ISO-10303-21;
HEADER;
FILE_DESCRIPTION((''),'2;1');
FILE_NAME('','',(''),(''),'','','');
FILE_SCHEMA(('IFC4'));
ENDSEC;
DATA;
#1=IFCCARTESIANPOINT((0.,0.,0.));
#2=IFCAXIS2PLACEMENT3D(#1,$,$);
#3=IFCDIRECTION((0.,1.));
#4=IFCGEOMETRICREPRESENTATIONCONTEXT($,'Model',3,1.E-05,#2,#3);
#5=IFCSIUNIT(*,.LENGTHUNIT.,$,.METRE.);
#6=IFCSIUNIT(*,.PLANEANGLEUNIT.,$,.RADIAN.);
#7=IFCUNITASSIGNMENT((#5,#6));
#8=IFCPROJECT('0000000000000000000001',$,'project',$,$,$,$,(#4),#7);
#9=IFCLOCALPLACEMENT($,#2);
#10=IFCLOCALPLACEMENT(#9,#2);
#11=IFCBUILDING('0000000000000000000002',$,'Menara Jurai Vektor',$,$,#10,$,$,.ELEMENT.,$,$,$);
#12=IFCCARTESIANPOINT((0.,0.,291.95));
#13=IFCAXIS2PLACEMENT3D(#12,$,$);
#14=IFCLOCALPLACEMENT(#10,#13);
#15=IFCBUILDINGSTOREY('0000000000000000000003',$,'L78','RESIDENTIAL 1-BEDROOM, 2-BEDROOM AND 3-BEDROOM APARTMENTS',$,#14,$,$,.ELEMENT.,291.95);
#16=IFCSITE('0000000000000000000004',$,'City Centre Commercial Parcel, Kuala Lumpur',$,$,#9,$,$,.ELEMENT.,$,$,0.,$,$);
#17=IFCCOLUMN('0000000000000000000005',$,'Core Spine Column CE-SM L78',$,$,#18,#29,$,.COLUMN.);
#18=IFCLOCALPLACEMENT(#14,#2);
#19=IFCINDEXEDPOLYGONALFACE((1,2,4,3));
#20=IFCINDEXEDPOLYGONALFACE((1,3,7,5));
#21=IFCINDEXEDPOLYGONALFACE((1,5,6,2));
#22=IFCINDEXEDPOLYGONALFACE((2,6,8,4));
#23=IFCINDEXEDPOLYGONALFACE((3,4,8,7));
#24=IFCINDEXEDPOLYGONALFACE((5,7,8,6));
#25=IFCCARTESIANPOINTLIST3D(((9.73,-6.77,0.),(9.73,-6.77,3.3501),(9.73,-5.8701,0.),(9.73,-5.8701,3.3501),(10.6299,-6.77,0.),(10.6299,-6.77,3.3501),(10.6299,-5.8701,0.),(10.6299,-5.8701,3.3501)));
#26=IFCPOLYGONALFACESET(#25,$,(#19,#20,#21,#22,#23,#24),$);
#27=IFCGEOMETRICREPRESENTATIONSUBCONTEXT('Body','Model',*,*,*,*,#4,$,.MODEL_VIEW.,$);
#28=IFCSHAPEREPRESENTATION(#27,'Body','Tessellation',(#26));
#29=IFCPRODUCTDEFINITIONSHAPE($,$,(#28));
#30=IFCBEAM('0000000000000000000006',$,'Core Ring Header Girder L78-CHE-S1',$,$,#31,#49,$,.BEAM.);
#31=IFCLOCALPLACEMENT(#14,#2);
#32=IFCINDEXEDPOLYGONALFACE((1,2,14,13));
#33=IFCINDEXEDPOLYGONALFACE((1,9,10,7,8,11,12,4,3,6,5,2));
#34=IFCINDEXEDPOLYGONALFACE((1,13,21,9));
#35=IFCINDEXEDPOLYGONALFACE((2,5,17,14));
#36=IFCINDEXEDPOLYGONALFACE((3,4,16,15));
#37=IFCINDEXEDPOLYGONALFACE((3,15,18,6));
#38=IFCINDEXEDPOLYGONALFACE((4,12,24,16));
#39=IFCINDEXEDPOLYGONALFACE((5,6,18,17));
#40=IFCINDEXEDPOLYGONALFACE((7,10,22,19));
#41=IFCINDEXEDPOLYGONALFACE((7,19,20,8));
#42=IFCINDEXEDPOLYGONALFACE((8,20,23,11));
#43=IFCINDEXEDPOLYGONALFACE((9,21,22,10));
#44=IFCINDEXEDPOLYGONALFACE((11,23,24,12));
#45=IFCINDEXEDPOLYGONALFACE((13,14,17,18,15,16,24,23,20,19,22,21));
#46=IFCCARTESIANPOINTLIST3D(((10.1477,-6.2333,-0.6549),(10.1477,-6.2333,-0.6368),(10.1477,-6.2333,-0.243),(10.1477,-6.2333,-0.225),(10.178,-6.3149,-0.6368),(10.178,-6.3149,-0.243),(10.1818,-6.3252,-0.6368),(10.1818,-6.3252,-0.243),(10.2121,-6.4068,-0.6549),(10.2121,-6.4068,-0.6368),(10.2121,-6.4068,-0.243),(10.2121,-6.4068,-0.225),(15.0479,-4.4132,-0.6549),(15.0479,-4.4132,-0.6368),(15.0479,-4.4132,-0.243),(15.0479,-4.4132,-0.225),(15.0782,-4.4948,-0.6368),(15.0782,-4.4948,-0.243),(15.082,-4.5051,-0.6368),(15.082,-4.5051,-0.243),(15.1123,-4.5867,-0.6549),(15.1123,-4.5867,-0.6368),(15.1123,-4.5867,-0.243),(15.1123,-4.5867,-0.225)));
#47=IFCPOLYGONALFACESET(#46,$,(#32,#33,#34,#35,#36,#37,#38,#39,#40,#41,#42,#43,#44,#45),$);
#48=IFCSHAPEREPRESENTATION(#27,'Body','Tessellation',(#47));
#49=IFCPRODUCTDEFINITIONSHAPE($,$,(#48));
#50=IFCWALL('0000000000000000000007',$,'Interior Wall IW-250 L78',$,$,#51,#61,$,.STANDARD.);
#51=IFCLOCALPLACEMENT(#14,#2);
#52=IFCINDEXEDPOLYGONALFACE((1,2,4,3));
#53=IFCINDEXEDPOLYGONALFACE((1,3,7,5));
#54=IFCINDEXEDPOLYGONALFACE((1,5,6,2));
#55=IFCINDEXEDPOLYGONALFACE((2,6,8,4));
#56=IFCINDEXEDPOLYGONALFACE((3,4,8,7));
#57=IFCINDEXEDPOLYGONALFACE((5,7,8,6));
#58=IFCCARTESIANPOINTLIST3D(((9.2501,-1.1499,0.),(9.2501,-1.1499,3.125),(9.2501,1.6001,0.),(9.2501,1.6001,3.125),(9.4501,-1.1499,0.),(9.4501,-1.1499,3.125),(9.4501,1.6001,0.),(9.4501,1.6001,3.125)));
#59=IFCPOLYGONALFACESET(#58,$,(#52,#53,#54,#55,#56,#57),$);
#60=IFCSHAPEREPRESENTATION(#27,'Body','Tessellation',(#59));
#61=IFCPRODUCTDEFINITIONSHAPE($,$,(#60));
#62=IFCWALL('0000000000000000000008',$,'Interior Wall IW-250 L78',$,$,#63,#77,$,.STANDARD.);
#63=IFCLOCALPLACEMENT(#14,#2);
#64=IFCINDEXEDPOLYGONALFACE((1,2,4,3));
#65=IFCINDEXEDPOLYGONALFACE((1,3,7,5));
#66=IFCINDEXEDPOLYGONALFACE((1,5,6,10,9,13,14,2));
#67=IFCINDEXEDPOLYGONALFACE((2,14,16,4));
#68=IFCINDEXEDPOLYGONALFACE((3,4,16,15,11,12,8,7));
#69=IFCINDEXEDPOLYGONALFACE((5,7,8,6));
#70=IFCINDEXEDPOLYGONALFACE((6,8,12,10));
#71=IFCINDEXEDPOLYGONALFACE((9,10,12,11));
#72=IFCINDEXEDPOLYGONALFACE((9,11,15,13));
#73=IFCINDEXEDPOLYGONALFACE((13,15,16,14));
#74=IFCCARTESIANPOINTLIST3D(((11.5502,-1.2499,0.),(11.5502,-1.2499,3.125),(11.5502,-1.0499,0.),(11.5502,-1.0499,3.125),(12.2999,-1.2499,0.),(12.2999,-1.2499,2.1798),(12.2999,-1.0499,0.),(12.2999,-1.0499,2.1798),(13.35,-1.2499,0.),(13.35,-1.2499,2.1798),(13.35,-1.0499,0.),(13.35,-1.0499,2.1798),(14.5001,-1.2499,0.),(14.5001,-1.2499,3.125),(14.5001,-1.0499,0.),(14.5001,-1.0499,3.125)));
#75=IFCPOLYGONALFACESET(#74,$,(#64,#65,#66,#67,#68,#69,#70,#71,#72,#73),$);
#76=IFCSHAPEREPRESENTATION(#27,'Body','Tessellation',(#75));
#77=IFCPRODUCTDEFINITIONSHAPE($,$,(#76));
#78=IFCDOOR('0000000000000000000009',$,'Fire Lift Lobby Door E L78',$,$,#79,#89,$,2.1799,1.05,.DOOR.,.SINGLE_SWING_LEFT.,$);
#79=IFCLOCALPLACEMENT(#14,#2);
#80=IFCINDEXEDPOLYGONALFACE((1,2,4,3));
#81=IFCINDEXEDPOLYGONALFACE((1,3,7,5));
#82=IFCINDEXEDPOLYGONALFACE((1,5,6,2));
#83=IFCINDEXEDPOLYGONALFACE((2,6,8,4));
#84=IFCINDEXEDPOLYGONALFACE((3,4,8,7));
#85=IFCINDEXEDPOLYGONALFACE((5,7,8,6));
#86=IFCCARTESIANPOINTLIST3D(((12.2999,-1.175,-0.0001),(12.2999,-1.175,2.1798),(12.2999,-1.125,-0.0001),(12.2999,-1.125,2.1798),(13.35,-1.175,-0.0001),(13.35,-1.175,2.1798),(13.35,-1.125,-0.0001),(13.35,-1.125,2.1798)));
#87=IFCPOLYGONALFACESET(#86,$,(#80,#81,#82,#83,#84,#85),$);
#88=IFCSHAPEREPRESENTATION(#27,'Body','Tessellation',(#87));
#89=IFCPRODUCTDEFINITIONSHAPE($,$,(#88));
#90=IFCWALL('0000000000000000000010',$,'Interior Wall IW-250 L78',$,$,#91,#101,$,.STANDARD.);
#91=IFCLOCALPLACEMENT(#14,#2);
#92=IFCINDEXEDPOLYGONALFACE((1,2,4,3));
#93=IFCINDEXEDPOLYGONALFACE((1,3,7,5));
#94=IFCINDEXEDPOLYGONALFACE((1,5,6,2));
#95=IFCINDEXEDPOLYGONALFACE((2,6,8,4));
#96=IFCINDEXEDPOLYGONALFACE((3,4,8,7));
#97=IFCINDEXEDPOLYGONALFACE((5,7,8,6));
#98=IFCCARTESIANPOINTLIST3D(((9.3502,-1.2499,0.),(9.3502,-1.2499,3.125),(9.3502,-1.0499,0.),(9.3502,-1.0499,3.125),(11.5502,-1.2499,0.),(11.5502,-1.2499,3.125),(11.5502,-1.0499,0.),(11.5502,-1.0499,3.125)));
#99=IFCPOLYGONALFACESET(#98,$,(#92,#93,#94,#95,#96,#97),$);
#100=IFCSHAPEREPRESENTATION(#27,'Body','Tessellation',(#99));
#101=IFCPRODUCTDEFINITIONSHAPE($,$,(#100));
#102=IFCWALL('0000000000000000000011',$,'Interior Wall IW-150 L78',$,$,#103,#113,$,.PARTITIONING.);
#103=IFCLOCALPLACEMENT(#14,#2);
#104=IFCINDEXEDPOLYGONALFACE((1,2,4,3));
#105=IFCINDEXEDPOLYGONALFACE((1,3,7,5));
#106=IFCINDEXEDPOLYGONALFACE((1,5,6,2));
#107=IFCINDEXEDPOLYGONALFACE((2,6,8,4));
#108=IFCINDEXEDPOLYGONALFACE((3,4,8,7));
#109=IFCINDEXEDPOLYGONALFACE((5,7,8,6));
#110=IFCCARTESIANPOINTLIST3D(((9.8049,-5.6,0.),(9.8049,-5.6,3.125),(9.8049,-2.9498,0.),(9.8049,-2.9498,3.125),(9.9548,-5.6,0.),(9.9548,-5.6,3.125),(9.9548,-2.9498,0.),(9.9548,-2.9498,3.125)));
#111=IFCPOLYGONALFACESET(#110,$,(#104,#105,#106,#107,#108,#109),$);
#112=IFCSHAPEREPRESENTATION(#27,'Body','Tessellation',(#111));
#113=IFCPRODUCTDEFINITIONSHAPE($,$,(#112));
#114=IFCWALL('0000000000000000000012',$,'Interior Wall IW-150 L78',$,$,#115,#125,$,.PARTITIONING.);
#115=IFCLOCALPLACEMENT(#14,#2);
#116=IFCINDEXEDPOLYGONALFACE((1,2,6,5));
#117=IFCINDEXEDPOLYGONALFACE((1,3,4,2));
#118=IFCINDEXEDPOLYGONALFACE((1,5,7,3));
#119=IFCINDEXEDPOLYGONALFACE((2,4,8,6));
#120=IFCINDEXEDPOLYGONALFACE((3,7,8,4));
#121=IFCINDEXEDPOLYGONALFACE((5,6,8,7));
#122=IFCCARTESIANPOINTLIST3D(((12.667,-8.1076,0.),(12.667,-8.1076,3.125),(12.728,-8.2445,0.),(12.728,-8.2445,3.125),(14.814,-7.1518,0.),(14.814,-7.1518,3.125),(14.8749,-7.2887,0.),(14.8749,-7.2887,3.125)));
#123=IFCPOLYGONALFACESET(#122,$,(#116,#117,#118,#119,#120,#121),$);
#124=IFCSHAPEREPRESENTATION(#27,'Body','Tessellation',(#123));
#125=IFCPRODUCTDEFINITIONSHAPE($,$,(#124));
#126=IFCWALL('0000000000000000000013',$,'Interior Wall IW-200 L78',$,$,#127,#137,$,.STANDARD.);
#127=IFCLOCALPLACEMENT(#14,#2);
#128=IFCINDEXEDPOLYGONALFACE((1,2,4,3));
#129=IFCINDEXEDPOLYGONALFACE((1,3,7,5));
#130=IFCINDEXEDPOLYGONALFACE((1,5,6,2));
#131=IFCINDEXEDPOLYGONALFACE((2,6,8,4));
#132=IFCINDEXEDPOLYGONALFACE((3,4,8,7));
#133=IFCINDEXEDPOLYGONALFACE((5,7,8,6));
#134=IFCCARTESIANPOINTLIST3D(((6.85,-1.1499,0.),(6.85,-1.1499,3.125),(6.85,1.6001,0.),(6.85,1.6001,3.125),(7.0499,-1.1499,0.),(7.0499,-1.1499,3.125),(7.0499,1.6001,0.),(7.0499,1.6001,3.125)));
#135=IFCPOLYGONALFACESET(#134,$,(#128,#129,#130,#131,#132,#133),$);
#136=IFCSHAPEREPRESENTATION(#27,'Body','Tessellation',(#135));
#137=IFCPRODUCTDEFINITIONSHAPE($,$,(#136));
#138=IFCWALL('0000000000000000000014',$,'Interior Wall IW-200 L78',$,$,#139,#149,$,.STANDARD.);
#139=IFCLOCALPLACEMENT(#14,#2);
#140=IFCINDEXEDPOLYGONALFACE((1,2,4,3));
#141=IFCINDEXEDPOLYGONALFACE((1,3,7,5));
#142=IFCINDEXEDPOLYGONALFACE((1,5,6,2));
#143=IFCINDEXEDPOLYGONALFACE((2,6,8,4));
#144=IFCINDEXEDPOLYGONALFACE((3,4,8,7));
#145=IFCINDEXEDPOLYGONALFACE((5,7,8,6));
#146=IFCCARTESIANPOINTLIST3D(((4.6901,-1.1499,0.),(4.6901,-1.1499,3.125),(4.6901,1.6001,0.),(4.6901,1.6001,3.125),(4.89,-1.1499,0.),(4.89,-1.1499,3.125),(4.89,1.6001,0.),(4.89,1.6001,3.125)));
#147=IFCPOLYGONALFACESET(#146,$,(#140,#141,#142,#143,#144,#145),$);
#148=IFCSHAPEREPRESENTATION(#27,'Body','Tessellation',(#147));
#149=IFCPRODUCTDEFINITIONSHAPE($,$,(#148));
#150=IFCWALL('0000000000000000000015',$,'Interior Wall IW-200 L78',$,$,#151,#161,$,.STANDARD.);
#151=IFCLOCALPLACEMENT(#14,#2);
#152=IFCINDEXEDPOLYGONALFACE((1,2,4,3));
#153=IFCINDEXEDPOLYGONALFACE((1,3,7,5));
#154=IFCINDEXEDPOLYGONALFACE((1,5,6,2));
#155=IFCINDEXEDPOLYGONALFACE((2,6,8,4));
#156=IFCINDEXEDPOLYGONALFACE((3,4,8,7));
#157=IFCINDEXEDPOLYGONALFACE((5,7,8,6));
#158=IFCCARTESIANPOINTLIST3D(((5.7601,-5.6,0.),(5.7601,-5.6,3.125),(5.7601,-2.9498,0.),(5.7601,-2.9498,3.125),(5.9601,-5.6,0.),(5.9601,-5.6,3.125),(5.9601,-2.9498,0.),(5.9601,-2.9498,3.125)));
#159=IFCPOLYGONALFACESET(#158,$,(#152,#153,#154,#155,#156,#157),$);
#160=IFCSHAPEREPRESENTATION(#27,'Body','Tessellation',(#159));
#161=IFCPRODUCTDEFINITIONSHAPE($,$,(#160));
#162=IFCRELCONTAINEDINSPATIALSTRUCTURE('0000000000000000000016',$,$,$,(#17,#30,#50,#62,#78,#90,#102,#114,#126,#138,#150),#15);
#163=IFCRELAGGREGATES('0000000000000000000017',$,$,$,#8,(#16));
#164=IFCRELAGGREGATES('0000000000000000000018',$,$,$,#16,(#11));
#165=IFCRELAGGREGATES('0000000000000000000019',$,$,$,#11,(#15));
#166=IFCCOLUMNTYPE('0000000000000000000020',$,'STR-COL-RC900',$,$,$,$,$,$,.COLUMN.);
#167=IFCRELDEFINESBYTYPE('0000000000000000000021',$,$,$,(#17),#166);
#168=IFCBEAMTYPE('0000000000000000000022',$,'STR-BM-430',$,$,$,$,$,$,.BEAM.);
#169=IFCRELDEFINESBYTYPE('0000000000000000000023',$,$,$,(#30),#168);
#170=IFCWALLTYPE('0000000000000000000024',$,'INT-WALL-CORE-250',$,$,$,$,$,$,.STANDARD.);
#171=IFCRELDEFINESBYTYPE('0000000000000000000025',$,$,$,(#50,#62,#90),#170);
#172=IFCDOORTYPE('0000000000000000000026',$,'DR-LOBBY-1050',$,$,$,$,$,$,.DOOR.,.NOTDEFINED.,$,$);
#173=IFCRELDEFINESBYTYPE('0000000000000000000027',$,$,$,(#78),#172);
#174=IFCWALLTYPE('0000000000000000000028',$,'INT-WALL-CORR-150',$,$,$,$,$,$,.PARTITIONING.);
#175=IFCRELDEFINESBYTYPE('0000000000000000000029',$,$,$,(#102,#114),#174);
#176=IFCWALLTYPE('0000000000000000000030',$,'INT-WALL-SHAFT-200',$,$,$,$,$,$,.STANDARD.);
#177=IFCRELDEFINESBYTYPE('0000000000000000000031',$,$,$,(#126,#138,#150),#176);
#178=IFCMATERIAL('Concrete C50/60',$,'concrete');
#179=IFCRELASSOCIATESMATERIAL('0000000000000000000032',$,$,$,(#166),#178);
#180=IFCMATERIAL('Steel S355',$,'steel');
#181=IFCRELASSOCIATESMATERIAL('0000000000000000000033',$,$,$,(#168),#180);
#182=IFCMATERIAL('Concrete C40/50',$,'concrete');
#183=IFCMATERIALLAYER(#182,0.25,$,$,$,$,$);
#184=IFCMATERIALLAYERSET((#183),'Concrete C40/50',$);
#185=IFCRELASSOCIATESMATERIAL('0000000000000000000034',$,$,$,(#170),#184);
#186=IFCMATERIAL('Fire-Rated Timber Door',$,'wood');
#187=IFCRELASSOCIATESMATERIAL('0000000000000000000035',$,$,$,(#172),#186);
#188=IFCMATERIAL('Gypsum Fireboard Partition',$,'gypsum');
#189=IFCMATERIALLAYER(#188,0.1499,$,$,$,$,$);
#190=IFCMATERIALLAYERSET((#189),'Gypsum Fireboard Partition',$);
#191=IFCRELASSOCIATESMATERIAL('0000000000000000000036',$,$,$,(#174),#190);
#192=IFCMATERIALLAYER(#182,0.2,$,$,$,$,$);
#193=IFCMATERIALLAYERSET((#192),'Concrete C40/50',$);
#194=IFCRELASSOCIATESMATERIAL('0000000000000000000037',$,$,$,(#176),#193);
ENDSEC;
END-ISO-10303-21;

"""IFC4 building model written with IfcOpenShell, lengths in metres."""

from ifc_helpers import new_model, si_unit, direction, frame, frame_2d, origin, origin_2d, place, context, subcontext, project, spatial, rectangle, i_section, extrude, material, layer, layer_set, material_profile, profile_set, type_object, element, fill, save


model = new_model("IFC4")

# Units and contexts
model_context = context("Model", 3, precision=1e-05, world=origin(), true_north=direction((0.0, 1.0)))
body_context = subcontext(model_context, "Body", "Model", "MODEL_VIEW")
ifc_project = project(units=[si_unit("LENGTHUNIT", "METRE"), si_unit("PLANEANGLEUNIT", "RADIAN")], contexts=[model_context])

# Site, building, storey
site_placement = place(None, origin())
site = spatial("IfcSite", under=ifc_project, at=site_placement, Name="City Centre Commercial Parcel, Kuala Lumpur", CompositionType="ELEMENT", RefElevation=0.0)
building_placement = place(site_placement, origin())
building = spatial("IfcBuilding", under=site, at=building_placement, Name="Menara Jurai Vektor", CompositionType="ELEMENT")
storey_placement = place(building_placement, frame((0.0, 0.0, 291.95)))
storey = spatial("IfcBuildingStorey", under=building, at=storey_placement, Name="L78", Description="RESIDENTIAL 1-BEDROOM, 2-BEDROOM AND 3-BEDROOM APARTMENTS", CompositionType="ELEMENT", Elevation=291.95)

# Column
ifc_material_1 = material(Name="Concrete C50/60", Category="concrete")
ifc_material_profile_1 = material_profile(ifc_material_1, rectangle(XDim=0.8999, YDim=0.8999, at=origin_2d()), Name="RC 900x900")
ifc_profile_set_1 = profile_set([ifc_material_profile_1], Name="Concrete C50/60")
column_type = type_object("IfcColumnType", Name="STR-COL-RC900", PredefinedType="COLUMN", material=ifc_profile_set_1)
column_placement = place(storey_placement, frame((10.1799, -6.3201, 0.0), z_axis=(0.0, 0.0, 1.0), x_axis=(1.0, 0.0, 0.0)))
element("IfcColumn", 1, at=column_placement, inside=storey, type_object=column_type, Name="Core Spine Column CE-SM L78", PredefinedType="COLUMN", context=body_context, shape_type="SweptSolid", body=[
    extrude(rectangle(XDim=0.8999, YDim=0.8999, at=origin_2d()), origin(), (0.0, 0.0, 1.0), 3.3501),
])

# Beam
ifc_material_2 = material(Name="Steel S355", Category="steel")
ifc_material_profile_2 = material_profile(ifc_material_2, i_section(OverallWidth=0.1851, OverallDepth=0.4299, WebThickness=0.011, FlangeThickness=0.0181, at=origin_2d()), Name="PG 430x185x76")
ifc_profile_set_2 = profile_set([ifc_material_profile_2], Name="Steel S355")
beam_type = type_object("IfcBeamType", Name="STR-BM-430", PredefinedType="BEAM", material=ifc_profile_set_2)
beam_placement = place(storey_placement, frame((10.1799, -6.3201, -0.4399), z_axis=(0.937424, 0.348189, 0.0), x_axis=(-0.348189, 0.937424, 0.0)))
element("IfcBeam", 2, at=beam_placement, inside=storey, type_object=beam_type, Name="Core Ring Header Girder L78-CHE-S1", PredefinedType="BEAM", context=body_context, shape_type="SweptSolid", body=[
    extrude(i_section(OverallWidth=0.1851, OverallDepth=0.4299, WebThickness=0.011, FlangeThickness=0.0181, at=origin_2d()), origin(), (0.0, 0.0, 1.0), 5.2273),
])

# Shared definitions
ifc_material_3 = material(Name="Concrete C40/50", Category="concrete")
ifc_layer_1 = layer(ifc_material_3, 0.25)
ifc_layer_set_1 = layer_set([ifc_layer_1], Name="Concrete C40/50")
wall_type_1 = type_object("IfcWallType", Name="INT-WALL-CORE-250", PredefinedType="STANDARD", material=ifc_layer_set_1)

# Wall
wall_1_placement = place(storey_placement, frame((9.3501, -1.1499, 0.0), z_axis=(0.0, 0.0, 1.0), x_axis=(0.0, 1.0, 0.0)))
element("IfcWall", 3, at=wall_1_placement, inside=storey, type_object=wall_type_1, Name="Interior Wall IW-250 L78", PredefinedType="STANDARD", context=body_context, shape_type="SweptSolid", body=[
    extrude(rectangle(XDim=2.75, YDim=0.2, at=frame_2d((1.375, 0.0))), origin(), (0.0, 0.0, 1.0), 3.125),
])

# Wall, opening, door
wall_2_placement = place(storey_placement, frame((11.55, -1.1499, 0.0), z_axis=(0.0, 0.0, 1.0), x_axis=(1.0, 0.0, 0.0)))
wall_2 = element("IfcWall", 4, at=wall_2_placement, inside=storey, type_object=wall_type_1, Name="Interior Wall IW-250 L78", PredefinedType="STANDARD", context=body_context, shape_type="SweptSolid", body=[
    extrude(rectangle(XDim=2.95, YDim=0.2, at=frame_2d((1.4751, 0.0))), origin(), (0.0, 0.0, 1.0), 3.125),
])
opening_1_placement = place(wall_2_placement, frame((0.75, 0.0, 0.0)))
opening_1 = element("IfcOpeningElement", 5, at=opening_1_placement, cuts=wall_2, PredefinedType="OPENING", context=body_context, shape_type="SweptSolid", body=[
    extrude(rectangle(XDim=1.05, YDim=2.1799, at=frame_2d((0.5249, 1.0898))), frame((0.0, 0.1099, 0.0), z_axis=(0.0, -1.0, 0.0), x_axis=(1.0, 0.0, 0.0)), (0.0, 0.0, 1.0), 0.22),
])
ifc_material_4 = material(Name="Fire-Rated Timber Door", Category="wood")
door_type_1 = type_object("IfcDoorType", Name="DR-LOBBY-1050", OperationType="NOTDEFINED", PredefinedType="DOOR", material=ifc_material_4)
door_1_placement = place(opening_1_placement, origin())
door_1 = element("IfcDoor", 6, at=door_1_placement, inside=storey, type_object=door_type_1, Name="Fire Lift Lobby Door E L78", OperationType="SINGLE_SWING_LEFT", OverallHeight=2.1799, OverallWidth=1.05, PredefinedType="DOOR", context=body_context, shape_type="SweptSolid", body=[
    extrude(rectangle(XDim=1.05, YDim=2.1799, at=frame_2d((0.5249, 1.0898))), frame((0.0, 0.0249, 0.0), z_axis=(0.0, -1.0, 0.0), x_axis=(1.0, 0.0, 0.0)), (0.0, 0.0, 1.0), 0.05),
])
fill(opening_1, door_1)

# Walls
wall_3_placement = place(storey_placement, frame((9.3501, -1.1499, 0.0), z_axis=(0.0, 0.0, 1.0), x_axis=(1.0, 0.0, 0.0)))
element("IfcWall", 7, at=wall_3_placement, inside=storey, type_object=wall_type_1, Name="Interior Wall IW-250 L78", PredefinedType="STANDARD", context=body_context, shape_type="SweptSolid", body=[
    extrude(rectangle(XDim=2.2, YDim=0.2, at=frame_2d((1.1001, 0.0))), origin(), (0.0, 0.0, 1.0), 3.125),
])
ifc_material_5 = material(Name="Gypsum Fireboard Partition", Category="gypsum")
ifc_layer_2 = layer(ifc_material_5, 0.1499)
ifc_layer_set_2 = layer_set([ifc_layer_2], Name="Gypsum Fireboard Partition")
wall_type_2 = type_object("IfcWallType", Name="INT-WALL-CORR-150", PredefinedType="PARTITIONING", material=ifc_layer_set_2)
wall_4_placement = place(storey_placement, frame((9.8799, -5.6001, 0.0), z_axis=(0.0, 0.0, 1.0), x_axis=(0.0, 1.0, 0.0)))
element("IfcWall", 8, at=wall_4_placement, inside=storey, type_object=wall_type_2, Name="Interior Wall IW-150 L78", PredefinedType="PARTITIONING", context=body_context, shape_type="SweptSolid", body=[
    extrude(rectangle(XDim=2.6501, YDim=0.1499, at=frame_2d((1.3252, 0.0))), origin(), (0.0, 0.0, 1.0), 3.125),
])
wall_5_placement = place(storey_placement, frame((12.6975, -8.176, 0.0), z_axis=(0.0, 0.0, 1.0), x_axis=(0.913559, 0.406707, 0.0)))
element("IfcWall", 9, at=wall_5_placement, inside=storey, type_object=wall_type_2, Name="Interior Wall IW-150 L78", PredefinedType="PARTITIONING", context=body_context, shape_type="SweptSolid", body=[
    extrude(rectangle(XDim=2.3501, YDim=0.1499, at=frame_2d((1.175, 0.0))), origin(), (0.0, 0.0, 1.0), 3.125),
])

# Wall
ifc_layer_3 = layer(ifc_material_3, 0.2)
ifc_layer_set_3 = layer_set([ifc_layer_3], Name="Concrete C40/50")
wall_type_3 = type_object("IfcWallType", Name="INT-WALL-SHAFT-200", PredefinedType="STANDARD", material=ifc_layer_set_3)
wall_6_placement = place(storey_placement, frame((6.95, -1.1499, 0.0), z_axis=(0.0, 0.0, 1.0), x_axis=(0.0, 1.0, 0.0)))
element("IfcWall", 10, at=wall_6_placement, inside=storey, type_object=wall_type_3, Name="Interior Wall IW-200 L78", PredefinedType="STANDARD", context=body_context, shape_type="SweptSolid", body=[
    extrude(rectangle(XDim=2.75, YDim=0.2, at=frame_2d((1.375, 0.0))), origin(), (0.0, 0.0, 1.0), 3.125),
])

# Wall
wall_7_placement = place(storey_placement, frame((4.79, -1.1499, 0.0), z_axis=(0.0, 0.0, 1.0), x_axis=(0.0, 1.0, 0.0)))
element("IfcWall", 11, at=wall_7_placement, inside=storey, type_object=wall_type_3, Name="Interior Wall IW-200 L78", PredefinedType="STANDARD", context=body_context, shape_type="SweptSolid", body=[
    extrude(rectangle(XDim=2.75, YDim=0.2, at=frame_2d((1.375, 0.0))), origin(), (0.0, 0.0, 1.0), 3.125),
])

# Wall
wall_8_placement = place(storey_placement, frame((5.8601, -5.6001, 0.0), z_axis=(0.0, 0.0, 1.0), x_axis=(0.0, 1.0, 0.0)))
element("IfcWall", 12, at=wall_8_placement, inside=storey, type_object=wall_type_3, Name="Interior Wall IW-200 L78", PredefinedType="STANDARD", context=body_context, shape_type="SweptSolid", body=[
    extrude(rectangle(XDim=2.6501, YDim=0.2, at=frame_2d((1.3252, 0.0))), origin(), (0.0, 0.0, 1.0), 3.125),
])

save(model, "model.ifc")
